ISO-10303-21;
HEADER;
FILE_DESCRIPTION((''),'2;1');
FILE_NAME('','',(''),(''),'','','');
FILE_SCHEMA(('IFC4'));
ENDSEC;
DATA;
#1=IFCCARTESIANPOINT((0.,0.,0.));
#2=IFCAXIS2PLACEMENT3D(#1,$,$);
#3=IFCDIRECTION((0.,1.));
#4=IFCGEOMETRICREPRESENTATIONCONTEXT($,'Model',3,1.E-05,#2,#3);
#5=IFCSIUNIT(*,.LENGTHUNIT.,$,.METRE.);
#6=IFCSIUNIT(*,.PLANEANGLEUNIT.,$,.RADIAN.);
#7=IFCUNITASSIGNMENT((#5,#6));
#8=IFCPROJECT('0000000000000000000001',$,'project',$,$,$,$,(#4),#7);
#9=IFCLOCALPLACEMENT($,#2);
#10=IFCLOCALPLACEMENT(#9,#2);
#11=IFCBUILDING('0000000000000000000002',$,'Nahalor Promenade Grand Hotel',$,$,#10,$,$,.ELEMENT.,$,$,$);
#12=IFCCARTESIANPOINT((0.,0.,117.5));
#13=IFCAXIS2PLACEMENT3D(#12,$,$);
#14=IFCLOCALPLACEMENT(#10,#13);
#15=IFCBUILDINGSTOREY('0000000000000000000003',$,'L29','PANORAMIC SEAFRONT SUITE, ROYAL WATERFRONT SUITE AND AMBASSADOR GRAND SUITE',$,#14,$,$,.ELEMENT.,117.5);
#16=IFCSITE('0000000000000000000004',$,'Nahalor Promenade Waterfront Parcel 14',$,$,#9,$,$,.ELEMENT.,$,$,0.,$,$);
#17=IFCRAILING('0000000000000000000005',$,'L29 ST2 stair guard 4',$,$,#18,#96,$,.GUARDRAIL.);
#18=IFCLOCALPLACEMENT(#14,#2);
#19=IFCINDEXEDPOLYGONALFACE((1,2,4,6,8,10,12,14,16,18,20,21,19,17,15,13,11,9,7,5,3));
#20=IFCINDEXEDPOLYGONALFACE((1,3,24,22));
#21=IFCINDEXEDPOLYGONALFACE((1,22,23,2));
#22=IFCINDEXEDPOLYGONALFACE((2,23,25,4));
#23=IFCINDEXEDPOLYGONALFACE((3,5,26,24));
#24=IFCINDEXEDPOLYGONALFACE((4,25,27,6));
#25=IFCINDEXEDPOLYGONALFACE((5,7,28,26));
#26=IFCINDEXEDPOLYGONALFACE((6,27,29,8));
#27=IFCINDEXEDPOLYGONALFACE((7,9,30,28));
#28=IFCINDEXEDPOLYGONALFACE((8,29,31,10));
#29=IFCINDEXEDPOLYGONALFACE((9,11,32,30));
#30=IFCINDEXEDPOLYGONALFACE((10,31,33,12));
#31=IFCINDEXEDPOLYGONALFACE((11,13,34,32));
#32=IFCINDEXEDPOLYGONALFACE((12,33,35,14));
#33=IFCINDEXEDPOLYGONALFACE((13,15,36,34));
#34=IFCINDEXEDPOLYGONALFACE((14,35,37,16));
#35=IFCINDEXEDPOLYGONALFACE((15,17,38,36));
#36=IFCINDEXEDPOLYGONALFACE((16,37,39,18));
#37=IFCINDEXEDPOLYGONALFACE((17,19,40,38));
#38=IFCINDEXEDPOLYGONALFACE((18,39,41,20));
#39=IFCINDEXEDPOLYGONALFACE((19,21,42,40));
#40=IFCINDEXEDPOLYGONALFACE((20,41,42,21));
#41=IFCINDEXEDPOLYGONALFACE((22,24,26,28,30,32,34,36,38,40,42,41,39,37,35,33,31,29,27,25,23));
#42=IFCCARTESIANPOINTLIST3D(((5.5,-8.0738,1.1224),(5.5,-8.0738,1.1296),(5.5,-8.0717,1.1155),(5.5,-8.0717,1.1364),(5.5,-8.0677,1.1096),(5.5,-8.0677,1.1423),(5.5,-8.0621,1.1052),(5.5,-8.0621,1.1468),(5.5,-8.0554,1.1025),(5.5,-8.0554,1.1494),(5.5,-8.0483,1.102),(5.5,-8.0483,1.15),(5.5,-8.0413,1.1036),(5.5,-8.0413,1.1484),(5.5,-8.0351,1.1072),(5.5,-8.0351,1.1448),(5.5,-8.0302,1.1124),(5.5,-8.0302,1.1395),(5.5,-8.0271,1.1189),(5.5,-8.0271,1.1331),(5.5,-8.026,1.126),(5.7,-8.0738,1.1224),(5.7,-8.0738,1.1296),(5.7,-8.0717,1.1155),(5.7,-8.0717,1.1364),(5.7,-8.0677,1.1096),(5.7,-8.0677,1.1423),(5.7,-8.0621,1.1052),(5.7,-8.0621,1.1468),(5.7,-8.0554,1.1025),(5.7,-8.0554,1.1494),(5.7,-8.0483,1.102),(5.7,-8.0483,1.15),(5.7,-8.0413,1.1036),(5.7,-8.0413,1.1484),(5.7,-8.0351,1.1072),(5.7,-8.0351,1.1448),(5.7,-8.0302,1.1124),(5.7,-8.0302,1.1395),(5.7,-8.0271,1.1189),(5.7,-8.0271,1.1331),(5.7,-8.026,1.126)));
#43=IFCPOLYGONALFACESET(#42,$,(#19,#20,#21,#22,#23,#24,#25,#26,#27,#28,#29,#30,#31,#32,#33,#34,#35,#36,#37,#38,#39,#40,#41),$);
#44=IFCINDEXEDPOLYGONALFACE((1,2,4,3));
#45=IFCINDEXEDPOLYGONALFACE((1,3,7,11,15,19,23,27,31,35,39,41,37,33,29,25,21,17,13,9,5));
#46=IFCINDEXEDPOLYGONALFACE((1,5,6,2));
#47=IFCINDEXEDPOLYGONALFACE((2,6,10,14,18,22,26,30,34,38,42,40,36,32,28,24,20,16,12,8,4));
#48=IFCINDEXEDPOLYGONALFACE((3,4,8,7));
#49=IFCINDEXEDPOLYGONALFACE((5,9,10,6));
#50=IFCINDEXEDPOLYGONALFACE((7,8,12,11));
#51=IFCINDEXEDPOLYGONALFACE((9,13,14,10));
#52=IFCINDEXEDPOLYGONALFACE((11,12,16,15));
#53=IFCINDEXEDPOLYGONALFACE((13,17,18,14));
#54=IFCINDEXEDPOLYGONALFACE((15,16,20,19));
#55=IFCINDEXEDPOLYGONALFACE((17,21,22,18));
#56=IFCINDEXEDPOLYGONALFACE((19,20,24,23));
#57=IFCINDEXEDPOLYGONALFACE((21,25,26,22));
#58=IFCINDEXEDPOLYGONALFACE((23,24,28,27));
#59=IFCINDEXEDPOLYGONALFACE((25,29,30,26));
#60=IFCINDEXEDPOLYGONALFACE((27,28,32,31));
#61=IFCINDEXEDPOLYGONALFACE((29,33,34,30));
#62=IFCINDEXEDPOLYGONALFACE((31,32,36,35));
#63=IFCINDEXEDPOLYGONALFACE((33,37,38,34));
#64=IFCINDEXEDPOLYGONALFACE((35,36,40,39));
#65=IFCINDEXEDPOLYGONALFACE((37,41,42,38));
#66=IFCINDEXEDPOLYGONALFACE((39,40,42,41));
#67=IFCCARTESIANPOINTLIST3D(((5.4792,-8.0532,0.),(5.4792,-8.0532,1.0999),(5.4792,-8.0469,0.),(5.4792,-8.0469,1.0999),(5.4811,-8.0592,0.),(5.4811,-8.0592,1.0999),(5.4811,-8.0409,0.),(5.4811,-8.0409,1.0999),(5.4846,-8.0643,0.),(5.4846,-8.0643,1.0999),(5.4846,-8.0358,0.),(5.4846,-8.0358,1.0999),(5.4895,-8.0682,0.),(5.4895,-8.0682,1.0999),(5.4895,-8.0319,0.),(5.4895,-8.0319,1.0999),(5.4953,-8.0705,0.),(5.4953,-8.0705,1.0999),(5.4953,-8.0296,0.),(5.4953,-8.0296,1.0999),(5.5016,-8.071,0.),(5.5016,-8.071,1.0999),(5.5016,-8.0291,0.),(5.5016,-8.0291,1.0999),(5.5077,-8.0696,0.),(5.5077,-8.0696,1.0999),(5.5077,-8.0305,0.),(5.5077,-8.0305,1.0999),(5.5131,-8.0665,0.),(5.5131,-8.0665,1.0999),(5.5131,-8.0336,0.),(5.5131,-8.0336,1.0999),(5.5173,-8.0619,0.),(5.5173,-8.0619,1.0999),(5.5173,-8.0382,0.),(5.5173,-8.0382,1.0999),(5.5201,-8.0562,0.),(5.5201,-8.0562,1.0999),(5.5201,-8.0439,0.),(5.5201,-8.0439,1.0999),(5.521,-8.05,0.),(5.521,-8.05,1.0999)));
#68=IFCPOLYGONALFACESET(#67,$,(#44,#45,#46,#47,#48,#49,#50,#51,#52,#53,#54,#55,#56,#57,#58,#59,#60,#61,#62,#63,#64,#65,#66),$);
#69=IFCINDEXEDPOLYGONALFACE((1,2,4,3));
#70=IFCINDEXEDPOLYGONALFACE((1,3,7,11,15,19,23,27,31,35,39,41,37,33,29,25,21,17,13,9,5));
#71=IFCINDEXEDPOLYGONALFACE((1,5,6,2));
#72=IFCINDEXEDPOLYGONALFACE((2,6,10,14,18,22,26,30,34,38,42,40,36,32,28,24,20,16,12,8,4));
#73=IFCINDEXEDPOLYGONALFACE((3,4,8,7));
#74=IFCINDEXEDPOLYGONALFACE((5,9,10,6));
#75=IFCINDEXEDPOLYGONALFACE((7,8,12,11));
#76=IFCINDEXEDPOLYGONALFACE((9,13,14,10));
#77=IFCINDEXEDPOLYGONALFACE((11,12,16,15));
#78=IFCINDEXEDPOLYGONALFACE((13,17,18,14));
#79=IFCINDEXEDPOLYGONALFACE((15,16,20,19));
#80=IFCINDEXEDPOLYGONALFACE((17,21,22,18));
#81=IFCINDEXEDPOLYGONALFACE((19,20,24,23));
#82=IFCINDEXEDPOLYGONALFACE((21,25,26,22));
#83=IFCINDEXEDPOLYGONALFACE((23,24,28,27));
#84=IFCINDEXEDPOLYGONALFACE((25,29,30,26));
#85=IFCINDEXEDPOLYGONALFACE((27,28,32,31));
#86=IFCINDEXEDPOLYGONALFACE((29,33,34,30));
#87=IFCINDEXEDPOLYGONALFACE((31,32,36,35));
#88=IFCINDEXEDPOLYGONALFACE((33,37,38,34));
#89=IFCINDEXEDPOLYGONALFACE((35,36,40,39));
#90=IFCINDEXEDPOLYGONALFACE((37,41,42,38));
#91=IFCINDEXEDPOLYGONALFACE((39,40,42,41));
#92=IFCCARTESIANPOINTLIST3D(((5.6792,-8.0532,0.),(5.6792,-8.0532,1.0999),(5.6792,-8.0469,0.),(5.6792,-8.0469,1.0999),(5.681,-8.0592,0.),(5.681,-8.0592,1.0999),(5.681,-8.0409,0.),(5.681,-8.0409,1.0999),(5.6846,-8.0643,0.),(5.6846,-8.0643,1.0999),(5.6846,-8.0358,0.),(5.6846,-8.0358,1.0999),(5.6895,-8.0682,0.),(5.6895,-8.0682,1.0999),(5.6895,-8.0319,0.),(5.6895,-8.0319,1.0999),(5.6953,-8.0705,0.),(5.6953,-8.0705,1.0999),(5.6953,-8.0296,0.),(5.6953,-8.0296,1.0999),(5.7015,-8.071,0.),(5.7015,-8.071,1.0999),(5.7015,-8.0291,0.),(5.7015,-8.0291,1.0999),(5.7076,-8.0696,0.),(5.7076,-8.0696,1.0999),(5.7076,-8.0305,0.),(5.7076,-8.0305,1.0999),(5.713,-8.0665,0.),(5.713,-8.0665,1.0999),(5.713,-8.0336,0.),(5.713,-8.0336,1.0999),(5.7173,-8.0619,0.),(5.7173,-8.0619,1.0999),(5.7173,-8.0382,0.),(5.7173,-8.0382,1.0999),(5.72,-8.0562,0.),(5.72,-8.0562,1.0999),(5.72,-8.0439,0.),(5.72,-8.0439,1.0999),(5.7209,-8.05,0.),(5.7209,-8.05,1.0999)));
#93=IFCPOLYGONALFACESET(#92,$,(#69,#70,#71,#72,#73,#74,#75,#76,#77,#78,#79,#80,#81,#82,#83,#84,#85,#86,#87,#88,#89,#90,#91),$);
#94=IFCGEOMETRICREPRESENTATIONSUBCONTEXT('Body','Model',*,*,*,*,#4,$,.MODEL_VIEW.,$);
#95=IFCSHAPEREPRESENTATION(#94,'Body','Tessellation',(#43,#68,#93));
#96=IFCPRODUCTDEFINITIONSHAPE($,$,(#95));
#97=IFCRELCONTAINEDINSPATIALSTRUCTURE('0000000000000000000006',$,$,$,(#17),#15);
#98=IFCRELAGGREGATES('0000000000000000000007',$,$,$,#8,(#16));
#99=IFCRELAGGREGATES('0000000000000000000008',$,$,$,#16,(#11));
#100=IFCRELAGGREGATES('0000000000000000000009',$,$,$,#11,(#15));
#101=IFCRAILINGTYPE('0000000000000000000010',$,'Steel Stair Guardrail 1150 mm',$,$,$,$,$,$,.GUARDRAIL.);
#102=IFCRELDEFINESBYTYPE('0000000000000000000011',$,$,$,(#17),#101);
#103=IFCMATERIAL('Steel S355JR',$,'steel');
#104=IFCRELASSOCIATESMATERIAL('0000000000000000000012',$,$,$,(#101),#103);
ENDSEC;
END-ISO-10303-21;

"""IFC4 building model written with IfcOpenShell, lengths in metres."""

from ifc_helpers import new_model, si_unit, direction, frame, origin, origin_2d, place, context, subcontext, project, spatial, circle, extrude, material, type_object, element, save


model = new_model("IFC4")

# Units and contexts
model_context = context("Model", 3, precision=1e-05, world=origin(), true_north=direction((0.0, 1.0)))
body_context = subcontext(model_context, "Body", "Model", "MODEL_VIEW")
ifc_project = project(units=[si_unit("LENGTHUNIT", "METRE"), si_unit("PLANEANGLEUNIT", "RADIAN")], contexts=[model_context])

# Site, building, storey
site_placement = place(None, origin())
site = spatial("IfcSite", under=ifc_project, at=site_placement, Name="Nahalor Promenade Waterfront Parcel 14", CompositionType="ELEMENT", RefElevation=0.0)
building_placement = place(site_placement, origin())
building = spatial("IfcBuilding", under=site, at=building_placement, Name="Nahalor Promenade Grand Hotel", CompositionType="ELEMENT")
storey_placement = place(building_placement, frame((0.0, 0.0, 117.5)))
storey = spatial("IfcBuildingStorey", under=building, at=storey_placement, Name="L29", Description="PANORAMIC SEAFRONT SUITE, ROYAL WATERFRONT SUITE AND AMBASSADOR GRAND SUITE", CompositionType="ELEMENT", Elevation=117.5)

# Shared definitions
ifc_material_1 = material(Name="Steel S355JR", Category="steel")

# Railing
railing_type_1 = type_object("IfcRailingType", Name="Steel Stair Guardrail 1150 mm", PredefinedType="GUARDRAIL", material=ifc_material_1)
railing_1_placement = place(storey_placement, frame((5.5, -8.05, 0.0)))
element("IfcRailing", 1, at=railing_1_placement, inside=storey, type_object=railing_type_1, Name="L29 ST2 stair guard 4", PredefinedType="GUARDRAIL", context=body_context, shape_type="SweptSolid", body=[
    extrude(circle(Radius=0.024, at=origin_2d()), frame((0.0, 0.0, 1.126), z_axis=(1.0, 0.0, 0.0), x_axis=(0.0, 1.0, 0.0)), (0.0, 0.0, 1.0), 0.2),
    extrude(circle(Radius=0.021, at=origin_2d()), origin(), (0.0, 0.0, 1.0), 1.0999),
    extrude(circle(Radius=0.021, at=origin_2d()), frame((0.2, 0.0, 0.0)), (0.0, 0.0, 1.0), 1.0999),
])

save(model, "model.ifc")
